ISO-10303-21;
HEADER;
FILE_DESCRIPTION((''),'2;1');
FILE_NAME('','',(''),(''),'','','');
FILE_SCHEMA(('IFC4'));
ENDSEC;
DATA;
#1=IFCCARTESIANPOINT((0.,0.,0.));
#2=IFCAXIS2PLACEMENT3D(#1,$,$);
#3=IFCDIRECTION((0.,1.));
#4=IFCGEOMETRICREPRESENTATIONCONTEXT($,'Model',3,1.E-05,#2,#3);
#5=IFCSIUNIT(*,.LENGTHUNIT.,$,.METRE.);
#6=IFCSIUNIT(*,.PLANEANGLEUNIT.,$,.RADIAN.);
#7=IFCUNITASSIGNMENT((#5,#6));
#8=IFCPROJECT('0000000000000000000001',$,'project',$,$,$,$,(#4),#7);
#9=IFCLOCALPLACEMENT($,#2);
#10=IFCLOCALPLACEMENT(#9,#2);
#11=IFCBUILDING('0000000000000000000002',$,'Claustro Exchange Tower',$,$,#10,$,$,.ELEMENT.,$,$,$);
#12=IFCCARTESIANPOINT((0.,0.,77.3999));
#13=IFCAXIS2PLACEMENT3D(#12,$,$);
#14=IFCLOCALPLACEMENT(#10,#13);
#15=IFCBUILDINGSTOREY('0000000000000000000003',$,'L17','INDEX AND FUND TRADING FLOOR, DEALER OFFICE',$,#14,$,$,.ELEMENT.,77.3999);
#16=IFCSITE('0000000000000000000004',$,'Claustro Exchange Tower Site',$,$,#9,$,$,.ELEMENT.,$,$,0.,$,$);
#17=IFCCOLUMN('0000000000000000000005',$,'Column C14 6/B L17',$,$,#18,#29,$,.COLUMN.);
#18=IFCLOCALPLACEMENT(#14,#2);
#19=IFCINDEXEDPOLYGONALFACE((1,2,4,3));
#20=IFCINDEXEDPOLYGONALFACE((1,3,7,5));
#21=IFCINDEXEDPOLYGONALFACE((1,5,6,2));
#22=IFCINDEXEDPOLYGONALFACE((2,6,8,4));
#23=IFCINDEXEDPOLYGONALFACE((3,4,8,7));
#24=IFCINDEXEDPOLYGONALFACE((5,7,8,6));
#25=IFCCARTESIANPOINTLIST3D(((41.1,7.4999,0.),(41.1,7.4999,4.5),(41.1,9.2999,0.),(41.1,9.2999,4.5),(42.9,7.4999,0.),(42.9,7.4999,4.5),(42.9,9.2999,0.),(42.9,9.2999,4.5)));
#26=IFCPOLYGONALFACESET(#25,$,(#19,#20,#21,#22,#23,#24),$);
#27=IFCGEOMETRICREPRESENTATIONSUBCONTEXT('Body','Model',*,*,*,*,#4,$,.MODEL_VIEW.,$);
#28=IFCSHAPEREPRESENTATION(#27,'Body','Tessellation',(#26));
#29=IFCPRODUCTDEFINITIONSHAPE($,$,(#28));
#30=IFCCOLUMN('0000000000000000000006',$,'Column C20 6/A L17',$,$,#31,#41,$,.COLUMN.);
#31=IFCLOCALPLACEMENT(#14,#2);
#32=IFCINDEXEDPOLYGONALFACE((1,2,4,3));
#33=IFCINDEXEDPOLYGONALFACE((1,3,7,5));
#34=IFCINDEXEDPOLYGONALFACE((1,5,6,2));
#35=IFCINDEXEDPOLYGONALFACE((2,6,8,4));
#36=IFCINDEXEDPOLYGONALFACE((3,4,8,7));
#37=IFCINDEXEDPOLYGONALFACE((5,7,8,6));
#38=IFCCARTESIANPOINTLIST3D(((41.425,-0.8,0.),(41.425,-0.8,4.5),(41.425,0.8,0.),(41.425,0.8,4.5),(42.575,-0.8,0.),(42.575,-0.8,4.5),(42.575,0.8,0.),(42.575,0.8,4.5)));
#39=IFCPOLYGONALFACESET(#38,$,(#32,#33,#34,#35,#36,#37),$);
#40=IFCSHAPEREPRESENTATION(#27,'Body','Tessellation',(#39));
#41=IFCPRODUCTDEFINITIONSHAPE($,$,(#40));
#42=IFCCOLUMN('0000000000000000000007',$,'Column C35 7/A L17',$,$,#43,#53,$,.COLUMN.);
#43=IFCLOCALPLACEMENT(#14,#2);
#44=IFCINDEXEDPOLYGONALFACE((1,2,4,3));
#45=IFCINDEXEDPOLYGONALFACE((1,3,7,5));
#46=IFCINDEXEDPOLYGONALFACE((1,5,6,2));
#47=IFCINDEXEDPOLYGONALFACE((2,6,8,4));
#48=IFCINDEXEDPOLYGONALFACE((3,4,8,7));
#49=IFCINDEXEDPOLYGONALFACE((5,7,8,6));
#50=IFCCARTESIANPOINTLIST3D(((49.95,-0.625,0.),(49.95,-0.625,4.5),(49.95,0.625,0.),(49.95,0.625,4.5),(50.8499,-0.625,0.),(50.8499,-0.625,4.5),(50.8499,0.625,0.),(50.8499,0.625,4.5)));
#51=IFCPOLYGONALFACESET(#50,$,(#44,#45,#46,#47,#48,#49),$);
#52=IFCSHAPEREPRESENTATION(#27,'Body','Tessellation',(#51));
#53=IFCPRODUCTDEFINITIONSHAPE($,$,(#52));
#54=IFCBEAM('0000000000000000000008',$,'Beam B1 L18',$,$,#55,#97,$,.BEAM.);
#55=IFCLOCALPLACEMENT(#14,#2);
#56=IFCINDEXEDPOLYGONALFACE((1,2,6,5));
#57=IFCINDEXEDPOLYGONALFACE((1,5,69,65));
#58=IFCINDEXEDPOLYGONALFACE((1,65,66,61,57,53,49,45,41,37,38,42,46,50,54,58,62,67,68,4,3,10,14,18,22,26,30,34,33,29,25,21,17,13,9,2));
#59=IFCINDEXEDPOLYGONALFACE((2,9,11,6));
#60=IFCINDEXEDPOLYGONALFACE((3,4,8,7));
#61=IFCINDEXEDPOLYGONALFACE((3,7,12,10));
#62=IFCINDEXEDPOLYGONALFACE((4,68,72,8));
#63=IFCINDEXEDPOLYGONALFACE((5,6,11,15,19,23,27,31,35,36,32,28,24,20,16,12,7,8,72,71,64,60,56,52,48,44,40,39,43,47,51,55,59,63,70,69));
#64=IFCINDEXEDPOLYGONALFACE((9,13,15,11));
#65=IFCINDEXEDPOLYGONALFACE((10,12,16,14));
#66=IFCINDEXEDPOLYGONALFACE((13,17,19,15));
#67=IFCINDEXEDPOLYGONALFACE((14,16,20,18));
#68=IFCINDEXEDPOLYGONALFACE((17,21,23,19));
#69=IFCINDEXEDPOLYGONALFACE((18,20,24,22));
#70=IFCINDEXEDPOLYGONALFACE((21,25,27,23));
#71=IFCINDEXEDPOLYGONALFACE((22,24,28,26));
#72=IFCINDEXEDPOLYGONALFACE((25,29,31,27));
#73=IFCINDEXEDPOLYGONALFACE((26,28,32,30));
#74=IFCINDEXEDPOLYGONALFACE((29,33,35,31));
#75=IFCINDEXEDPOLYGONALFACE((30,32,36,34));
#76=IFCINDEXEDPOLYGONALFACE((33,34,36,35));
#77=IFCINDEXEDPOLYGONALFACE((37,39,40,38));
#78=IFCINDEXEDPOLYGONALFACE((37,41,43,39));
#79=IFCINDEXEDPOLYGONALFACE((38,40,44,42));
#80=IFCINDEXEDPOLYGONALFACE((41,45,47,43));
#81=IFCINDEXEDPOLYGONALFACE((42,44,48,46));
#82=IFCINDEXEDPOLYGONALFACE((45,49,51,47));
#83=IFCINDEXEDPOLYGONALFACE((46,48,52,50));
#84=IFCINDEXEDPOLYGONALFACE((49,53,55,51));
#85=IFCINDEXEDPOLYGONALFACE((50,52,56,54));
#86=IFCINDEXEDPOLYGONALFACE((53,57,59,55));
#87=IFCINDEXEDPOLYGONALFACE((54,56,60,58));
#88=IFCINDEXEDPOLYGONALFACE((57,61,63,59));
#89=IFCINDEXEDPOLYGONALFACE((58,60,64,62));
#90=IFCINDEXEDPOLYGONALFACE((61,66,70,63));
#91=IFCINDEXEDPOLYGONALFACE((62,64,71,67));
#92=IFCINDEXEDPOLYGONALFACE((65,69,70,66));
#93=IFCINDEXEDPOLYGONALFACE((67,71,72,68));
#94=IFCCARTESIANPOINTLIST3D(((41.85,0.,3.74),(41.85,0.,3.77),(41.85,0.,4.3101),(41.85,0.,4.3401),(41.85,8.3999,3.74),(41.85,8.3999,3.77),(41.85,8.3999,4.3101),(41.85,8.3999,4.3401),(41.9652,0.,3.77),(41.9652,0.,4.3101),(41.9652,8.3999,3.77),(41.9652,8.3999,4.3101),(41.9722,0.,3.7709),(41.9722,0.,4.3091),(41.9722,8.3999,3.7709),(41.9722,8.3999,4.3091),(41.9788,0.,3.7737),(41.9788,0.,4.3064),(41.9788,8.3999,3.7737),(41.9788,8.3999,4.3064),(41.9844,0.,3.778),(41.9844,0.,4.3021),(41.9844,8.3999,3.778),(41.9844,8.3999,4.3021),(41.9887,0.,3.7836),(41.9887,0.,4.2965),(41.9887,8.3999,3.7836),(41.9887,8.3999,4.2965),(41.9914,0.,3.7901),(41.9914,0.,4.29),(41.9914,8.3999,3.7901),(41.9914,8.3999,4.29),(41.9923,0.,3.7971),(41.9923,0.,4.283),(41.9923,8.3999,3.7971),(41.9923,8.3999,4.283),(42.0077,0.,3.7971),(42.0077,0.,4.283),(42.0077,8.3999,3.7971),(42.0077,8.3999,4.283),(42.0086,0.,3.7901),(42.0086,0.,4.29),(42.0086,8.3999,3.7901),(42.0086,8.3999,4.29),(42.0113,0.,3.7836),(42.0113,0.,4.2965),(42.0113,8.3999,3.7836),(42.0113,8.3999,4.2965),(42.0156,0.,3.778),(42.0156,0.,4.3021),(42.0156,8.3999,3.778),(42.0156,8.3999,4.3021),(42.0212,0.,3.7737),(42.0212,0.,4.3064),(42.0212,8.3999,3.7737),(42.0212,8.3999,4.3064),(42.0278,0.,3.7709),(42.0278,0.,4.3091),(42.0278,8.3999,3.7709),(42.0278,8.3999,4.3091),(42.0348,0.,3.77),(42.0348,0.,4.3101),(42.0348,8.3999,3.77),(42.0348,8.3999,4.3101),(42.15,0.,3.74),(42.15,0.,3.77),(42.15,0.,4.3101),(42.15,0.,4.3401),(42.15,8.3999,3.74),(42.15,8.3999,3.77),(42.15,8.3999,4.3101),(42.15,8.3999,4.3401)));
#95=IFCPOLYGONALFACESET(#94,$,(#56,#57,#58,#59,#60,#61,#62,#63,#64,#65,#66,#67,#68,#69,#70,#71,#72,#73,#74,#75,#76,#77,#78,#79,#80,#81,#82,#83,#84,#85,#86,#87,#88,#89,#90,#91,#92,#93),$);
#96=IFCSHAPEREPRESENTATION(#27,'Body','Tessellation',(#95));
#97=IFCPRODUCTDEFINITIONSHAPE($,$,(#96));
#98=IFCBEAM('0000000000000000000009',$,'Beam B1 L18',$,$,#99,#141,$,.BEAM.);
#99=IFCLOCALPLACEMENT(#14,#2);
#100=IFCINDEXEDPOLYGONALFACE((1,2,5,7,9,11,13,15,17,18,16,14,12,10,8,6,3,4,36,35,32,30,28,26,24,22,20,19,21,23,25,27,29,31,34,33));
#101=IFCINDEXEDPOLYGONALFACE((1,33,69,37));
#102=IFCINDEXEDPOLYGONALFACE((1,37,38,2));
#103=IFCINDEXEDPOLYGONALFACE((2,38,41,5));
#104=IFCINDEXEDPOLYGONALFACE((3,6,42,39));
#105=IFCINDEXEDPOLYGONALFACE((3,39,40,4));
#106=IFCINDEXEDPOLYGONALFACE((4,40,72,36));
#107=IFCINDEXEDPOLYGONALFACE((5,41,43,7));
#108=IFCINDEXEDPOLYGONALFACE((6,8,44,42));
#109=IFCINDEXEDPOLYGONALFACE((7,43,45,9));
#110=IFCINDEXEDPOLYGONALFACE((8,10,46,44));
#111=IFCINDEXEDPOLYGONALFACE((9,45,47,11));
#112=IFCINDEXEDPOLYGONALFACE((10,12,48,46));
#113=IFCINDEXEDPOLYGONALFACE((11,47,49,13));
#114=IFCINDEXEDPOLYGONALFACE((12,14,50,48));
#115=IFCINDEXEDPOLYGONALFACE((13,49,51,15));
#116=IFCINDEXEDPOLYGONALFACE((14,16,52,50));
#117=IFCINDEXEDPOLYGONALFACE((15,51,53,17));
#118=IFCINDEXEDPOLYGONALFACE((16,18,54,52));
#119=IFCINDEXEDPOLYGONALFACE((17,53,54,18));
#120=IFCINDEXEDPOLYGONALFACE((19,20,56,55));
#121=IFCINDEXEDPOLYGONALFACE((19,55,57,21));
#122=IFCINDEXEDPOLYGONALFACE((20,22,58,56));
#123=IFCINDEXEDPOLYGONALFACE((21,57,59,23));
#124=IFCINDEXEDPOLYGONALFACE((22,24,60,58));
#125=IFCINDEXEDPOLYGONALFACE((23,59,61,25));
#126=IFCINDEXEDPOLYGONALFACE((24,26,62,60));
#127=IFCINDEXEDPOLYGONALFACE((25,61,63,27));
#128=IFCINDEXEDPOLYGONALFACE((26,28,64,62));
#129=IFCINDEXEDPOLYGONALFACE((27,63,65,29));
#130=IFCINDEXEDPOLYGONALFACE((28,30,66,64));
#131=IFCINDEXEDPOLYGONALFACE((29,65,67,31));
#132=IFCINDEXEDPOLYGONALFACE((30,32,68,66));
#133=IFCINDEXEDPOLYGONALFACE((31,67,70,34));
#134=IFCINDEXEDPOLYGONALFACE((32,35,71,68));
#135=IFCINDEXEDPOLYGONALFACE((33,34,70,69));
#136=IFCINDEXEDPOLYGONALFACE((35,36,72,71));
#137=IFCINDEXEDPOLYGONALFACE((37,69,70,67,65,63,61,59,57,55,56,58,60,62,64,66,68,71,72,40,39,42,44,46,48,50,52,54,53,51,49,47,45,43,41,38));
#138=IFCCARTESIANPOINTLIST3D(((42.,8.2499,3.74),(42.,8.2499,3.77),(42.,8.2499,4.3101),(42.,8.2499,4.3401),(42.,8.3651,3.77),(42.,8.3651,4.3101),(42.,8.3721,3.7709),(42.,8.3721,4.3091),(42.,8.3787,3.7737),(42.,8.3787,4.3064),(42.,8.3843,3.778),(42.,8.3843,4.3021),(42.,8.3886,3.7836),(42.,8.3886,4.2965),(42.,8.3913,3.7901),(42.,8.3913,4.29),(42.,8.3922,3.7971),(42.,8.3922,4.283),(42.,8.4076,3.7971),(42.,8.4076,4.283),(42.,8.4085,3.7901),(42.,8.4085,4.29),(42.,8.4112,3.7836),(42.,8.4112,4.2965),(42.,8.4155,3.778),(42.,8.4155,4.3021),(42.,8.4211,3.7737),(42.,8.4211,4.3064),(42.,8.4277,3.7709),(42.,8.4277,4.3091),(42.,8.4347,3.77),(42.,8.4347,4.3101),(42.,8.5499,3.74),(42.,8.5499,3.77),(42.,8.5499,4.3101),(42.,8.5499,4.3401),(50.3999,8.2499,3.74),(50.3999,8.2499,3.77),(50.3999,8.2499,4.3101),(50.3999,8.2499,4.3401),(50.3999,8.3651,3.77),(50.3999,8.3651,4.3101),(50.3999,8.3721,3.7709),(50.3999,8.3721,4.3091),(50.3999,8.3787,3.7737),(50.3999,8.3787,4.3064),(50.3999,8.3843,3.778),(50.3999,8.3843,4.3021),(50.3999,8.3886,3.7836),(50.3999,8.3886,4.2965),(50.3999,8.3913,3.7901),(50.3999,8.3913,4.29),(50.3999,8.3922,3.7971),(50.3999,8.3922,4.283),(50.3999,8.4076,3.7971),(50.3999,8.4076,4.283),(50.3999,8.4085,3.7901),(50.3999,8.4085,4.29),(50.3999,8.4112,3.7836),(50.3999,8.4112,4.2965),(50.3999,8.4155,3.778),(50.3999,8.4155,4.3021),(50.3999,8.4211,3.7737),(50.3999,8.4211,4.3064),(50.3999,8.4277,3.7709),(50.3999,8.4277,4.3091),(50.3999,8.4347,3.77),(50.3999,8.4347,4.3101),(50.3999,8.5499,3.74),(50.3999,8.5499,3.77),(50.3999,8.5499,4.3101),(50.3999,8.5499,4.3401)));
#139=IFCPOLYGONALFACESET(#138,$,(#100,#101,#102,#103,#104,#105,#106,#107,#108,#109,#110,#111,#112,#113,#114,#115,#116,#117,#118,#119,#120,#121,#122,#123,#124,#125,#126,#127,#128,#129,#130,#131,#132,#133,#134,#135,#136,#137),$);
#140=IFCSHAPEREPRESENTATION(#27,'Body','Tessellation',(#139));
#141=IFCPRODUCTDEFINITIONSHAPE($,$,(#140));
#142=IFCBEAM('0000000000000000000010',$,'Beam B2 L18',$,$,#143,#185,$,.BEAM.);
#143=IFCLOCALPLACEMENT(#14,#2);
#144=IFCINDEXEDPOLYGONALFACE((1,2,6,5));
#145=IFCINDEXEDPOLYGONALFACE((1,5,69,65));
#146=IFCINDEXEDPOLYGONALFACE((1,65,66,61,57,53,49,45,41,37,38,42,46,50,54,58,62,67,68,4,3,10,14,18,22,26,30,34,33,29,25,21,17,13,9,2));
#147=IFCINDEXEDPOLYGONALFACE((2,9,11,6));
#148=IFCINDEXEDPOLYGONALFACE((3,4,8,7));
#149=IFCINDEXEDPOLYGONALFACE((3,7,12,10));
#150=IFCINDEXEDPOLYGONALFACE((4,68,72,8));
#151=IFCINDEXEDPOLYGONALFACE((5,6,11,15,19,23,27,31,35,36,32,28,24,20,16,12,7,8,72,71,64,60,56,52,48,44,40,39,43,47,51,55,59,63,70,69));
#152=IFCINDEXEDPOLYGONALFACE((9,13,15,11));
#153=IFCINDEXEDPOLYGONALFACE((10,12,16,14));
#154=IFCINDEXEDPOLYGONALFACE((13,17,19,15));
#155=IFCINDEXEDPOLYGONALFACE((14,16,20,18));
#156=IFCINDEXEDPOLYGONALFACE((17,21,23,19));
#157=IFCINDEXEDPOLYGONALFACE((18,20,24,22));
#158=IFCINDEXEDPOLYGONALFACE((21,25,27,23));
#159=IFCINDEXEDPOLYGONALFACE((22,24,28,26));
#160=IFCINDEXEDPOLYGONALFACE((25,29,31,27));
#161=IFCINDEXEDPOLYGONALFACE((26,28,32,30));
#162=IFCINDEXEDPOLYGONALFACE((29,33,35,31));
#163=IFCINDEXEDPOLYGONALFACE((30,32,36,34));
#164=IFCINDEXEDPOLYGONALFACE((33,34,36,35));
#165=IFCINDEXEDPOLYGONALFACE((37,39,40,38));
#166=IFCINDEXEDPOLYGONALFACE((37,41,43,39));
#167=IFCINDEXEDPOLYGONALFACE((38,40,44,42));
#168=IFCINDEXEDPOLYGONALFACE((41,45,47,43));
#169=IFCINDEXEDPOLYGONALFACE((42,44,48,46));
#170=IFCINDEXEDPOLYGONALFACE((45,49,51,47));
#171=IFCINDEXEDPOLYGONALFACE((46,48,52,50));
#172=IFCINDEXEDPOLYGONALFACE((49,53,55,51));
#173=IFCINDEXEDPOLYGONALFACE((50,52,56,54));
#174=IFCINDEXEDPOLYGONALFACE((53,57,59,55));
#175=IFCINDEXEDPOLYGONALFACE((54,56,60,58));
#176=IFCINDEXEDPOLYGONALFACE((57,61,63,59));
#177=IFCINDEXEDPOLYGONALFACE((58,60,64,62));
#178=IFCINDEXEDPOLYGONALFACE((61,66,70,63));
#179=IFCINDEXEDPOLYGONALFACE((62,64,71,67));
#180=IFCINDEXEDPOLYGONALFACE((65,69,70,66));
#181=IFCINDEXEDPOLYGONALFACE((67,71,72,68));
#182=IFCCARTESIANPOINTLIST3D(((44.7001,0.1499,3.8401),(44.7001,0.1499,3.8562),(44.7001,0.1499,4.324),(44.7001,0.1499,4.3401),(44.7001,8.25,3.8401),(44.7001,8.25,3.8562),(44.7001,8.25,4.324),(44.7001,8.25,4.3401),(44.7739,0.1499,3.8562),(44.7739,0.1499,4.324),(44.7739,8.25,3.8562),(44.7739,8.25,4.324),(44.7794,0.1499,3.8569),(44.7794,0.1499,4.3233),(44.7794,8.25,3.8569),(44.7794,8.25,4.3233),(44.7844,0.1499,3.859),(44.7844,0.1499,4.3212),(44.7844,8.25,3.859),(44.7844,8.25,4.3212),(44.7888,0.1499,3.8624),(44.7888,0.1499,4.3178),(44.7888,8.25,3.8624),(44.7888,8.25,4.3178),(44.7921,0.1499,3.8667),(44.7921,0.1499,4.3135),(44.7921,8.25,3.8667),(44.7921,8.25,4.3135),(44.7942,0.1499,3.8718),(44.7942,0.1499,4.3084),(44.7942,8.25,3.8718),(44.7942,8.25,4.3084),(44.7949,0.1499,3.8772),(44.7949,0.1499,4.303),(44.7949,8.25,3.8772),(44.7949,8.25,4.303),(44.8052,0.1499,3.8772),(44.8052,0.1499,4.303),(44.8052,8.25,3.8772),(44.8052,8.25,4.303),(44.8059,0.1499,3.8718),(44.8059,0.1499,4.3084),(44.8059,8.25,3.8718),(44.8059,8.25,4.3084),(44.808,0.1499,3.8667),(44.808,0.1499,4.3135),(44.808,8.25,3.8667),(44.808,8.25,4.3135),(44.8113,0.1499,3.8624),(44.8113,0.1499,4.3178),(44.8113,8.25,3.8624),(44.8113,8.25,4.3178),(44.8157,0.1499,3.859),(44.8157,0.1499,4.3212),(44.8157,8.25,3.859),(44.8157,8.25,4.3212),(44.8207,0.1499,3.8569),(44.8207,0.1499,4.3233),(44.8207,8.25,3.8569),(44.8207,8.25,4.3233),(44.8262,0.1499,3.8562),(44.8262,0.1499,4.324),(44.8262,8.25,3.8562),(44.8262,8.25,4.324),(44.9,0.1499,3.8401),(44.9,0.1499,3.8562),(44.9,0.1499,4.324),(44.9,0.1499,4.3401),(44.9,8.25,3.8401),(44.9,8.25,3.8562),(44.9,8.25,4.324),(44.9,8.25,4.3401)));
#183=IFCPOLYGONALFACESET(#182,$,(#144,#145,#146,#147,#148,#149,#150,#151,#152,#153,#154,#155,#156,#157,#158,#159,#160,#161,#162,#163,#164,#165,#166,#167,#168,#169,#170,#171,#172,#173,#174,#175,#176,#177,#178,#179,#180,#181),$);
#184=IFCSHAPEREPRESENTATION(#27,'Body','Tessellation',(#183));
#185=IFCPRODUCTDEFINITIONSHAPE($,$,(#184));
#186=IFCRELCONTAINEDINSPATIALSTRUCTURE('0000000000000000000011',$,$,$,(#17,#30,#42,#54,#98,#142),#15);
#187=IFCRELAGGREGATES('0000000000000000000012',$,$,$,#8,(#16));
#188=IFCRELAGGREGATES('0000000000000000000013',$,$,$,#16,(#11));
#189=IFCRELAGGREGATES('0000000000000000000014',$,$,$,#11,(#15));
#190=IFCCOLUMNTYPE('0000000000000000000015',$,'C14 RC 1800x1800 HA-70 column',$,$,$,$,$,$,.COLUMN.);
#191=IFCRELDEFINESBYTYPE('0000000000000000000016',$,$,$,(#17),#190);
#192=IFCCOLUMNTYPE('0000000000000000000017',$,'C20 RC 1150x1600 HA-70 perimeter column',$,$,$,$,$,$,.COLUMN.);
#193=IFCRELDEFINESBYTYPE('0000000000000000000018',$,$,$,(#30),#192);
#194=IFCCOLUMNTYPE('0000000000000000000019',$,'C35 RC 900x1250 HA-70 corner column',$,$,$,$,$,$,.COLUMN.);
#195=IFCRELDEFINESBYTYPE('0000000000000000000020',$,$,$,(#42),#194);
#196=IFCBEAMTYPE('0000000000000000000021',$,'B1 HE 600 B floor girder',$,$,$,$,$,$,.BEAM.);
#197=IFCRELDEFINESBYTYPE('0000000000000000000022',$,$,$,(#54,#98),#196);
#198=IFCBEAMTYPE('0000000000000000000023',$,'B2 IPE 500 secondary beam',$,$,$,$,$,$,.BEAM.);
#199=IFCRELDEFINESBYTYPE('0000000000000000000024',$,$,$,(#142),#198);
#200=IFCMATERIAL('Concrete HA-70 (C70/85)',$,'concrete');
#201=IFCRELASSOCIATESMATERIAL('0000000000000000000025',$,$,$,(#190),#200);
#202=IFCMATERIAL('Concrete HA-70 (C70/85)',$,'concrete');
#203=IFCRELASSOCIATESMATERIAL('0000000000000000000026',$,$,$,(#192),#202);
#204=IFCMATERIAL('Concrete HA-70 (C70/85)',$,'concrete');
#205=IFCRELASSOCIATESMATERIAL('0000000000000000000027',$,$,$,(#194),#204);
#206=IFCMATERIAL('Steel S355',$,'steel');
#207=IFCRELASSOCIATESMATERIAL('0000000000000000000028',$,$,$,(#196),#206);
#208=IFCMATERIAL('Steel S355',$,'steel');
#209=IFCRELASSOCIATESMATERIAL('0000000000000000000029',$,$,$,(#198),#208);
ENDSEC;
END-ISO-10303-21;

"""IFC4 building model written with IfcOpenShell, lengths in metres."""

from ifc_helpers import new_model, si_unit, direction, frame, origin, origin_2d, place, context, subcontext, project, spatial, rectangle, i_section, extrude, material, material_profile, profile_set, type_object, element, save


model = new_model("IFC4")

# Units and contexts
model_context = context("Model", 3, precision=1e-05, world=origin(), true_north=direction((0.0, 1.0)))
body_context = subcontext(model_context, "Body", "Model", "MODEL_VIEW")
ifc_project = project(units=[si_unit("LENGTHUNIT", "METRE"), si_unit("PLANEANGLEUNIT", "RADIAN")], contexts=[model_context])

# Site, building, storey
site_placement = place(None, origin())
site = spatial("IfcSite", under=ifc_project, at=site_placement, Name="Claustro Exchange Tower Site", CompositionType="ELEMENT", RefElevation=0.0)
building_placement = place(site_placement, origin())
building = spatial("IfcBuilding", under=site, at=building_placement, Name="Claustro Exchange Tower", CompositionType="ELEMENT")
storey_placement = place(building_placement, frame((0.0, 0.0, 77.3999)))
storey = spatial("IfcBuildingStorey", under=building, at=storey_placement, Name="L17", Description="INDEX AND FUND TRADING FLOOR, DEALER OFFICE", CompositionType="ELEMENT", Elevation=77.3999)

# Columns
ifc_material_1 = material(Name="Concrete HA-70 (C70/85)", Category="concrete")
ifc_material_profile_1 = material_profile(ifc_material_1, rectangle(XDim=1.8, YDim=1.8, at=origin_2d()), Name="RC 1800x1800")
ifc_profile_set_1 = profile_set([ifc_material_profile_1], Name="Concrete HA-70 (C70/85)")
column_type_1 = type_object("IfcColumnType", Name="C14 RC 1800x1800 HA-70 column", PredefinedType="COLUMN", material=ifc_profile_set_1)
column_1_placement = place(storey_placement, frame((42.0, 8.3999, 0.0), z_axis=(0.0, 0.0, 1.0), x_axis=(1.0, 0.0, 0.0)))
element("IfcColumn", 1, at=column_1_placement, inside=storey, type_object=column_type_1, Name="Column C14 6/B L17", PredefinedType="COLUMN", context=body_context, shape_type="SweptSolid", body=[
    extrude(rectangle(XDim=1.8, YDim=1.8, at=origin_2d()), origin(), (0.0, 0.0, 1.0), 4.5),
])
ifc_material_2 = material(Name="Concrete HA-70 (C70/85)", Category="concrete")
ifc_material_profile_2 = material_profile(ifc_material_2, rectangle(XDim=1.1499, YDim=1.6001, at=origin_2d()), Name="RC 1150x1600")
ifc_profile_set_2 = profile_set([ifc_material_profile_2], Name="Concrete HA-70 (C70/85)")
column_type_2 = type_object("IfcColumnType", Name="C20 RC 1150x1600 HA-70 perimeter column", PredefinedType="COLUMN", material=ifc_profile_set_2)
column_2_placement = place(storey_placement, frame((42.0, 0.0, 0.0), z_axis=(0.0, 0.0, 1.0), x_axis=(1.0, 0.0, 0.0)))
element("IfcColumn", 2, at=column_2_placement, inside=storey, type_object=column_type_2, Name="Column C20 6/A L17", PredefinedType="COLUMN", context=body_context, shape_type="SweptSolid", body=[
    extrude(rectangle(XDim=1.1499, YDim=1.6001, at=origin_2d()), origin(), (0.0, 0.0, 1.0), 4.5),
])
ifc_material_3 = material(Name="Concrete HA-70 (C70/85)", Category="concrete")
ifc_material_profile_3 = material_profile(ifc_material_3, rectangle(XDim=0.8999, YDim=1.25, at=origin_2d()), Name="RC 900x1250")
ifc_profile_set_3 = profile_set([ifc_material_profile_3], Name="Concrete HA-70 (C70/85)")
column_type_3 = type_object("IfcColumnType", Name="C35 RC 900x1250 HA-70 corner column", PredefinedType="COLUMN", material=ifc_profile_set_3)
column_3_placement = place(storey_placement, frame((50.3999, 0.0, 0.0), z_axis=(0.0, 0.0, 1.0), x_axis=(1.0, 0.0, 0.0)))
element("IfcColumn", 3, at=column_3_placement, inside=storey, type_object=column_type_3, Name="Column C35 7/A L17", PredefinedType="COLUMN", context=body_context, shape_type="SweptSolid", body=[
    extrude(rectangle(XDim=0.8999, YDim=1.25, at=origin_2d()), origin(), (0.0, 0.0, 1.0), 4.5),
])

# Beams
ifc_material_4 = material(Name="Steel S355", Category="steel")
ifc_material_profile_4 = material_profile(ifc_material_4, i_section(OverallWidth=0.3, OverallDepth=0.6001, WebThickness=0.0154, FlangeThickness=0.03, FilletRadius=0.0271, at=origin_2d()), Name="HE 600 B")
ifc_profile_set_4 = profile_set([ifc_material_profile_4], Name="Steel S355")
beam_type_1 = type_object("IfcBeamType", Name="B1 HE 600 B floor girder", PredefinedType="BEAM", material=ifc_profile_set_4)
for number, where, z_axis, x_axis, name in (
    (4, (42.0, 0.0, 4.04), (0.0, 1.0, 0.0), (-1.0, 0.0, 0.0), "Beam B1 L18"),
    (5, (42.0, 8.3999, 4.04), (1.0, 0.0, 0.0), (0.0, 1.0, 0.0), "Beam B1 L18"),
):
    element("IfcBeam", number, at=place(storey_placement, frame(where, z_axis=z_axis, x_axis=x_axis)), inside=storey, type_object=beam_type_1, Name=name, PredefinedType="BEAM", context=body_context, shape_type="SweptSolid", body=[
        extrude(i_section(OverallWidth=0.3, OverallDepth=0.6001, WebThickness=0.0154, FlangeThickness=0.03, FilletRadius=0.0271, at=origin_2d()), origin(), (0.0, 0.0, 1.0), 8.3999),
    ])
ifc_material_5 = material(Name="Steel S355", Category="steel")
ifc_material_profile_5 = material_profile(ifc_material_5, i_section(OverallWidth=0.2, OverallDepth=0.5, WebThickness=0.0103, FlangeThickness=0.0161, FilletRadius=0.021, at=origin_2d()), Name="IPE 500")
ifc_profile_set_5 = profile_set([ifc_material_profile_5], Name="Steel S355")
beam_type_2 = type_object("IfcBeamType", Name="B2 IPE 500 secondary beam", PredefinedType="BEAM", material=ifc_profile_set_5)
for number, where, z_axis, x_axis, name in (
    (6, (44.8, 0.1499, 4.0901), (0.0, 1.0, 0.0), (-1.0, 0.0, 0.0), "Beam B2 L18"),
):
    element("IfcBeam", number, at=place(storey_placement, frame(where, z_axis=z_axis, x_axis=x_axis)), inside=storey, type_object=beam_type_2, Name=name, PredefinedType="BEAM", context=body_context, shape_type="SweptSolid", body=[
        extrude(i_section(OverallWidth=0.2, OverallDepth=0.5, WebThickness=0.0103, FlangeThickness=0.0161, FilletRadius=0.021, at=origin_2d()), origin(), (0.0, 0.0, 1.0), 8.1001),
    ])

save(model, "model.ifc")
